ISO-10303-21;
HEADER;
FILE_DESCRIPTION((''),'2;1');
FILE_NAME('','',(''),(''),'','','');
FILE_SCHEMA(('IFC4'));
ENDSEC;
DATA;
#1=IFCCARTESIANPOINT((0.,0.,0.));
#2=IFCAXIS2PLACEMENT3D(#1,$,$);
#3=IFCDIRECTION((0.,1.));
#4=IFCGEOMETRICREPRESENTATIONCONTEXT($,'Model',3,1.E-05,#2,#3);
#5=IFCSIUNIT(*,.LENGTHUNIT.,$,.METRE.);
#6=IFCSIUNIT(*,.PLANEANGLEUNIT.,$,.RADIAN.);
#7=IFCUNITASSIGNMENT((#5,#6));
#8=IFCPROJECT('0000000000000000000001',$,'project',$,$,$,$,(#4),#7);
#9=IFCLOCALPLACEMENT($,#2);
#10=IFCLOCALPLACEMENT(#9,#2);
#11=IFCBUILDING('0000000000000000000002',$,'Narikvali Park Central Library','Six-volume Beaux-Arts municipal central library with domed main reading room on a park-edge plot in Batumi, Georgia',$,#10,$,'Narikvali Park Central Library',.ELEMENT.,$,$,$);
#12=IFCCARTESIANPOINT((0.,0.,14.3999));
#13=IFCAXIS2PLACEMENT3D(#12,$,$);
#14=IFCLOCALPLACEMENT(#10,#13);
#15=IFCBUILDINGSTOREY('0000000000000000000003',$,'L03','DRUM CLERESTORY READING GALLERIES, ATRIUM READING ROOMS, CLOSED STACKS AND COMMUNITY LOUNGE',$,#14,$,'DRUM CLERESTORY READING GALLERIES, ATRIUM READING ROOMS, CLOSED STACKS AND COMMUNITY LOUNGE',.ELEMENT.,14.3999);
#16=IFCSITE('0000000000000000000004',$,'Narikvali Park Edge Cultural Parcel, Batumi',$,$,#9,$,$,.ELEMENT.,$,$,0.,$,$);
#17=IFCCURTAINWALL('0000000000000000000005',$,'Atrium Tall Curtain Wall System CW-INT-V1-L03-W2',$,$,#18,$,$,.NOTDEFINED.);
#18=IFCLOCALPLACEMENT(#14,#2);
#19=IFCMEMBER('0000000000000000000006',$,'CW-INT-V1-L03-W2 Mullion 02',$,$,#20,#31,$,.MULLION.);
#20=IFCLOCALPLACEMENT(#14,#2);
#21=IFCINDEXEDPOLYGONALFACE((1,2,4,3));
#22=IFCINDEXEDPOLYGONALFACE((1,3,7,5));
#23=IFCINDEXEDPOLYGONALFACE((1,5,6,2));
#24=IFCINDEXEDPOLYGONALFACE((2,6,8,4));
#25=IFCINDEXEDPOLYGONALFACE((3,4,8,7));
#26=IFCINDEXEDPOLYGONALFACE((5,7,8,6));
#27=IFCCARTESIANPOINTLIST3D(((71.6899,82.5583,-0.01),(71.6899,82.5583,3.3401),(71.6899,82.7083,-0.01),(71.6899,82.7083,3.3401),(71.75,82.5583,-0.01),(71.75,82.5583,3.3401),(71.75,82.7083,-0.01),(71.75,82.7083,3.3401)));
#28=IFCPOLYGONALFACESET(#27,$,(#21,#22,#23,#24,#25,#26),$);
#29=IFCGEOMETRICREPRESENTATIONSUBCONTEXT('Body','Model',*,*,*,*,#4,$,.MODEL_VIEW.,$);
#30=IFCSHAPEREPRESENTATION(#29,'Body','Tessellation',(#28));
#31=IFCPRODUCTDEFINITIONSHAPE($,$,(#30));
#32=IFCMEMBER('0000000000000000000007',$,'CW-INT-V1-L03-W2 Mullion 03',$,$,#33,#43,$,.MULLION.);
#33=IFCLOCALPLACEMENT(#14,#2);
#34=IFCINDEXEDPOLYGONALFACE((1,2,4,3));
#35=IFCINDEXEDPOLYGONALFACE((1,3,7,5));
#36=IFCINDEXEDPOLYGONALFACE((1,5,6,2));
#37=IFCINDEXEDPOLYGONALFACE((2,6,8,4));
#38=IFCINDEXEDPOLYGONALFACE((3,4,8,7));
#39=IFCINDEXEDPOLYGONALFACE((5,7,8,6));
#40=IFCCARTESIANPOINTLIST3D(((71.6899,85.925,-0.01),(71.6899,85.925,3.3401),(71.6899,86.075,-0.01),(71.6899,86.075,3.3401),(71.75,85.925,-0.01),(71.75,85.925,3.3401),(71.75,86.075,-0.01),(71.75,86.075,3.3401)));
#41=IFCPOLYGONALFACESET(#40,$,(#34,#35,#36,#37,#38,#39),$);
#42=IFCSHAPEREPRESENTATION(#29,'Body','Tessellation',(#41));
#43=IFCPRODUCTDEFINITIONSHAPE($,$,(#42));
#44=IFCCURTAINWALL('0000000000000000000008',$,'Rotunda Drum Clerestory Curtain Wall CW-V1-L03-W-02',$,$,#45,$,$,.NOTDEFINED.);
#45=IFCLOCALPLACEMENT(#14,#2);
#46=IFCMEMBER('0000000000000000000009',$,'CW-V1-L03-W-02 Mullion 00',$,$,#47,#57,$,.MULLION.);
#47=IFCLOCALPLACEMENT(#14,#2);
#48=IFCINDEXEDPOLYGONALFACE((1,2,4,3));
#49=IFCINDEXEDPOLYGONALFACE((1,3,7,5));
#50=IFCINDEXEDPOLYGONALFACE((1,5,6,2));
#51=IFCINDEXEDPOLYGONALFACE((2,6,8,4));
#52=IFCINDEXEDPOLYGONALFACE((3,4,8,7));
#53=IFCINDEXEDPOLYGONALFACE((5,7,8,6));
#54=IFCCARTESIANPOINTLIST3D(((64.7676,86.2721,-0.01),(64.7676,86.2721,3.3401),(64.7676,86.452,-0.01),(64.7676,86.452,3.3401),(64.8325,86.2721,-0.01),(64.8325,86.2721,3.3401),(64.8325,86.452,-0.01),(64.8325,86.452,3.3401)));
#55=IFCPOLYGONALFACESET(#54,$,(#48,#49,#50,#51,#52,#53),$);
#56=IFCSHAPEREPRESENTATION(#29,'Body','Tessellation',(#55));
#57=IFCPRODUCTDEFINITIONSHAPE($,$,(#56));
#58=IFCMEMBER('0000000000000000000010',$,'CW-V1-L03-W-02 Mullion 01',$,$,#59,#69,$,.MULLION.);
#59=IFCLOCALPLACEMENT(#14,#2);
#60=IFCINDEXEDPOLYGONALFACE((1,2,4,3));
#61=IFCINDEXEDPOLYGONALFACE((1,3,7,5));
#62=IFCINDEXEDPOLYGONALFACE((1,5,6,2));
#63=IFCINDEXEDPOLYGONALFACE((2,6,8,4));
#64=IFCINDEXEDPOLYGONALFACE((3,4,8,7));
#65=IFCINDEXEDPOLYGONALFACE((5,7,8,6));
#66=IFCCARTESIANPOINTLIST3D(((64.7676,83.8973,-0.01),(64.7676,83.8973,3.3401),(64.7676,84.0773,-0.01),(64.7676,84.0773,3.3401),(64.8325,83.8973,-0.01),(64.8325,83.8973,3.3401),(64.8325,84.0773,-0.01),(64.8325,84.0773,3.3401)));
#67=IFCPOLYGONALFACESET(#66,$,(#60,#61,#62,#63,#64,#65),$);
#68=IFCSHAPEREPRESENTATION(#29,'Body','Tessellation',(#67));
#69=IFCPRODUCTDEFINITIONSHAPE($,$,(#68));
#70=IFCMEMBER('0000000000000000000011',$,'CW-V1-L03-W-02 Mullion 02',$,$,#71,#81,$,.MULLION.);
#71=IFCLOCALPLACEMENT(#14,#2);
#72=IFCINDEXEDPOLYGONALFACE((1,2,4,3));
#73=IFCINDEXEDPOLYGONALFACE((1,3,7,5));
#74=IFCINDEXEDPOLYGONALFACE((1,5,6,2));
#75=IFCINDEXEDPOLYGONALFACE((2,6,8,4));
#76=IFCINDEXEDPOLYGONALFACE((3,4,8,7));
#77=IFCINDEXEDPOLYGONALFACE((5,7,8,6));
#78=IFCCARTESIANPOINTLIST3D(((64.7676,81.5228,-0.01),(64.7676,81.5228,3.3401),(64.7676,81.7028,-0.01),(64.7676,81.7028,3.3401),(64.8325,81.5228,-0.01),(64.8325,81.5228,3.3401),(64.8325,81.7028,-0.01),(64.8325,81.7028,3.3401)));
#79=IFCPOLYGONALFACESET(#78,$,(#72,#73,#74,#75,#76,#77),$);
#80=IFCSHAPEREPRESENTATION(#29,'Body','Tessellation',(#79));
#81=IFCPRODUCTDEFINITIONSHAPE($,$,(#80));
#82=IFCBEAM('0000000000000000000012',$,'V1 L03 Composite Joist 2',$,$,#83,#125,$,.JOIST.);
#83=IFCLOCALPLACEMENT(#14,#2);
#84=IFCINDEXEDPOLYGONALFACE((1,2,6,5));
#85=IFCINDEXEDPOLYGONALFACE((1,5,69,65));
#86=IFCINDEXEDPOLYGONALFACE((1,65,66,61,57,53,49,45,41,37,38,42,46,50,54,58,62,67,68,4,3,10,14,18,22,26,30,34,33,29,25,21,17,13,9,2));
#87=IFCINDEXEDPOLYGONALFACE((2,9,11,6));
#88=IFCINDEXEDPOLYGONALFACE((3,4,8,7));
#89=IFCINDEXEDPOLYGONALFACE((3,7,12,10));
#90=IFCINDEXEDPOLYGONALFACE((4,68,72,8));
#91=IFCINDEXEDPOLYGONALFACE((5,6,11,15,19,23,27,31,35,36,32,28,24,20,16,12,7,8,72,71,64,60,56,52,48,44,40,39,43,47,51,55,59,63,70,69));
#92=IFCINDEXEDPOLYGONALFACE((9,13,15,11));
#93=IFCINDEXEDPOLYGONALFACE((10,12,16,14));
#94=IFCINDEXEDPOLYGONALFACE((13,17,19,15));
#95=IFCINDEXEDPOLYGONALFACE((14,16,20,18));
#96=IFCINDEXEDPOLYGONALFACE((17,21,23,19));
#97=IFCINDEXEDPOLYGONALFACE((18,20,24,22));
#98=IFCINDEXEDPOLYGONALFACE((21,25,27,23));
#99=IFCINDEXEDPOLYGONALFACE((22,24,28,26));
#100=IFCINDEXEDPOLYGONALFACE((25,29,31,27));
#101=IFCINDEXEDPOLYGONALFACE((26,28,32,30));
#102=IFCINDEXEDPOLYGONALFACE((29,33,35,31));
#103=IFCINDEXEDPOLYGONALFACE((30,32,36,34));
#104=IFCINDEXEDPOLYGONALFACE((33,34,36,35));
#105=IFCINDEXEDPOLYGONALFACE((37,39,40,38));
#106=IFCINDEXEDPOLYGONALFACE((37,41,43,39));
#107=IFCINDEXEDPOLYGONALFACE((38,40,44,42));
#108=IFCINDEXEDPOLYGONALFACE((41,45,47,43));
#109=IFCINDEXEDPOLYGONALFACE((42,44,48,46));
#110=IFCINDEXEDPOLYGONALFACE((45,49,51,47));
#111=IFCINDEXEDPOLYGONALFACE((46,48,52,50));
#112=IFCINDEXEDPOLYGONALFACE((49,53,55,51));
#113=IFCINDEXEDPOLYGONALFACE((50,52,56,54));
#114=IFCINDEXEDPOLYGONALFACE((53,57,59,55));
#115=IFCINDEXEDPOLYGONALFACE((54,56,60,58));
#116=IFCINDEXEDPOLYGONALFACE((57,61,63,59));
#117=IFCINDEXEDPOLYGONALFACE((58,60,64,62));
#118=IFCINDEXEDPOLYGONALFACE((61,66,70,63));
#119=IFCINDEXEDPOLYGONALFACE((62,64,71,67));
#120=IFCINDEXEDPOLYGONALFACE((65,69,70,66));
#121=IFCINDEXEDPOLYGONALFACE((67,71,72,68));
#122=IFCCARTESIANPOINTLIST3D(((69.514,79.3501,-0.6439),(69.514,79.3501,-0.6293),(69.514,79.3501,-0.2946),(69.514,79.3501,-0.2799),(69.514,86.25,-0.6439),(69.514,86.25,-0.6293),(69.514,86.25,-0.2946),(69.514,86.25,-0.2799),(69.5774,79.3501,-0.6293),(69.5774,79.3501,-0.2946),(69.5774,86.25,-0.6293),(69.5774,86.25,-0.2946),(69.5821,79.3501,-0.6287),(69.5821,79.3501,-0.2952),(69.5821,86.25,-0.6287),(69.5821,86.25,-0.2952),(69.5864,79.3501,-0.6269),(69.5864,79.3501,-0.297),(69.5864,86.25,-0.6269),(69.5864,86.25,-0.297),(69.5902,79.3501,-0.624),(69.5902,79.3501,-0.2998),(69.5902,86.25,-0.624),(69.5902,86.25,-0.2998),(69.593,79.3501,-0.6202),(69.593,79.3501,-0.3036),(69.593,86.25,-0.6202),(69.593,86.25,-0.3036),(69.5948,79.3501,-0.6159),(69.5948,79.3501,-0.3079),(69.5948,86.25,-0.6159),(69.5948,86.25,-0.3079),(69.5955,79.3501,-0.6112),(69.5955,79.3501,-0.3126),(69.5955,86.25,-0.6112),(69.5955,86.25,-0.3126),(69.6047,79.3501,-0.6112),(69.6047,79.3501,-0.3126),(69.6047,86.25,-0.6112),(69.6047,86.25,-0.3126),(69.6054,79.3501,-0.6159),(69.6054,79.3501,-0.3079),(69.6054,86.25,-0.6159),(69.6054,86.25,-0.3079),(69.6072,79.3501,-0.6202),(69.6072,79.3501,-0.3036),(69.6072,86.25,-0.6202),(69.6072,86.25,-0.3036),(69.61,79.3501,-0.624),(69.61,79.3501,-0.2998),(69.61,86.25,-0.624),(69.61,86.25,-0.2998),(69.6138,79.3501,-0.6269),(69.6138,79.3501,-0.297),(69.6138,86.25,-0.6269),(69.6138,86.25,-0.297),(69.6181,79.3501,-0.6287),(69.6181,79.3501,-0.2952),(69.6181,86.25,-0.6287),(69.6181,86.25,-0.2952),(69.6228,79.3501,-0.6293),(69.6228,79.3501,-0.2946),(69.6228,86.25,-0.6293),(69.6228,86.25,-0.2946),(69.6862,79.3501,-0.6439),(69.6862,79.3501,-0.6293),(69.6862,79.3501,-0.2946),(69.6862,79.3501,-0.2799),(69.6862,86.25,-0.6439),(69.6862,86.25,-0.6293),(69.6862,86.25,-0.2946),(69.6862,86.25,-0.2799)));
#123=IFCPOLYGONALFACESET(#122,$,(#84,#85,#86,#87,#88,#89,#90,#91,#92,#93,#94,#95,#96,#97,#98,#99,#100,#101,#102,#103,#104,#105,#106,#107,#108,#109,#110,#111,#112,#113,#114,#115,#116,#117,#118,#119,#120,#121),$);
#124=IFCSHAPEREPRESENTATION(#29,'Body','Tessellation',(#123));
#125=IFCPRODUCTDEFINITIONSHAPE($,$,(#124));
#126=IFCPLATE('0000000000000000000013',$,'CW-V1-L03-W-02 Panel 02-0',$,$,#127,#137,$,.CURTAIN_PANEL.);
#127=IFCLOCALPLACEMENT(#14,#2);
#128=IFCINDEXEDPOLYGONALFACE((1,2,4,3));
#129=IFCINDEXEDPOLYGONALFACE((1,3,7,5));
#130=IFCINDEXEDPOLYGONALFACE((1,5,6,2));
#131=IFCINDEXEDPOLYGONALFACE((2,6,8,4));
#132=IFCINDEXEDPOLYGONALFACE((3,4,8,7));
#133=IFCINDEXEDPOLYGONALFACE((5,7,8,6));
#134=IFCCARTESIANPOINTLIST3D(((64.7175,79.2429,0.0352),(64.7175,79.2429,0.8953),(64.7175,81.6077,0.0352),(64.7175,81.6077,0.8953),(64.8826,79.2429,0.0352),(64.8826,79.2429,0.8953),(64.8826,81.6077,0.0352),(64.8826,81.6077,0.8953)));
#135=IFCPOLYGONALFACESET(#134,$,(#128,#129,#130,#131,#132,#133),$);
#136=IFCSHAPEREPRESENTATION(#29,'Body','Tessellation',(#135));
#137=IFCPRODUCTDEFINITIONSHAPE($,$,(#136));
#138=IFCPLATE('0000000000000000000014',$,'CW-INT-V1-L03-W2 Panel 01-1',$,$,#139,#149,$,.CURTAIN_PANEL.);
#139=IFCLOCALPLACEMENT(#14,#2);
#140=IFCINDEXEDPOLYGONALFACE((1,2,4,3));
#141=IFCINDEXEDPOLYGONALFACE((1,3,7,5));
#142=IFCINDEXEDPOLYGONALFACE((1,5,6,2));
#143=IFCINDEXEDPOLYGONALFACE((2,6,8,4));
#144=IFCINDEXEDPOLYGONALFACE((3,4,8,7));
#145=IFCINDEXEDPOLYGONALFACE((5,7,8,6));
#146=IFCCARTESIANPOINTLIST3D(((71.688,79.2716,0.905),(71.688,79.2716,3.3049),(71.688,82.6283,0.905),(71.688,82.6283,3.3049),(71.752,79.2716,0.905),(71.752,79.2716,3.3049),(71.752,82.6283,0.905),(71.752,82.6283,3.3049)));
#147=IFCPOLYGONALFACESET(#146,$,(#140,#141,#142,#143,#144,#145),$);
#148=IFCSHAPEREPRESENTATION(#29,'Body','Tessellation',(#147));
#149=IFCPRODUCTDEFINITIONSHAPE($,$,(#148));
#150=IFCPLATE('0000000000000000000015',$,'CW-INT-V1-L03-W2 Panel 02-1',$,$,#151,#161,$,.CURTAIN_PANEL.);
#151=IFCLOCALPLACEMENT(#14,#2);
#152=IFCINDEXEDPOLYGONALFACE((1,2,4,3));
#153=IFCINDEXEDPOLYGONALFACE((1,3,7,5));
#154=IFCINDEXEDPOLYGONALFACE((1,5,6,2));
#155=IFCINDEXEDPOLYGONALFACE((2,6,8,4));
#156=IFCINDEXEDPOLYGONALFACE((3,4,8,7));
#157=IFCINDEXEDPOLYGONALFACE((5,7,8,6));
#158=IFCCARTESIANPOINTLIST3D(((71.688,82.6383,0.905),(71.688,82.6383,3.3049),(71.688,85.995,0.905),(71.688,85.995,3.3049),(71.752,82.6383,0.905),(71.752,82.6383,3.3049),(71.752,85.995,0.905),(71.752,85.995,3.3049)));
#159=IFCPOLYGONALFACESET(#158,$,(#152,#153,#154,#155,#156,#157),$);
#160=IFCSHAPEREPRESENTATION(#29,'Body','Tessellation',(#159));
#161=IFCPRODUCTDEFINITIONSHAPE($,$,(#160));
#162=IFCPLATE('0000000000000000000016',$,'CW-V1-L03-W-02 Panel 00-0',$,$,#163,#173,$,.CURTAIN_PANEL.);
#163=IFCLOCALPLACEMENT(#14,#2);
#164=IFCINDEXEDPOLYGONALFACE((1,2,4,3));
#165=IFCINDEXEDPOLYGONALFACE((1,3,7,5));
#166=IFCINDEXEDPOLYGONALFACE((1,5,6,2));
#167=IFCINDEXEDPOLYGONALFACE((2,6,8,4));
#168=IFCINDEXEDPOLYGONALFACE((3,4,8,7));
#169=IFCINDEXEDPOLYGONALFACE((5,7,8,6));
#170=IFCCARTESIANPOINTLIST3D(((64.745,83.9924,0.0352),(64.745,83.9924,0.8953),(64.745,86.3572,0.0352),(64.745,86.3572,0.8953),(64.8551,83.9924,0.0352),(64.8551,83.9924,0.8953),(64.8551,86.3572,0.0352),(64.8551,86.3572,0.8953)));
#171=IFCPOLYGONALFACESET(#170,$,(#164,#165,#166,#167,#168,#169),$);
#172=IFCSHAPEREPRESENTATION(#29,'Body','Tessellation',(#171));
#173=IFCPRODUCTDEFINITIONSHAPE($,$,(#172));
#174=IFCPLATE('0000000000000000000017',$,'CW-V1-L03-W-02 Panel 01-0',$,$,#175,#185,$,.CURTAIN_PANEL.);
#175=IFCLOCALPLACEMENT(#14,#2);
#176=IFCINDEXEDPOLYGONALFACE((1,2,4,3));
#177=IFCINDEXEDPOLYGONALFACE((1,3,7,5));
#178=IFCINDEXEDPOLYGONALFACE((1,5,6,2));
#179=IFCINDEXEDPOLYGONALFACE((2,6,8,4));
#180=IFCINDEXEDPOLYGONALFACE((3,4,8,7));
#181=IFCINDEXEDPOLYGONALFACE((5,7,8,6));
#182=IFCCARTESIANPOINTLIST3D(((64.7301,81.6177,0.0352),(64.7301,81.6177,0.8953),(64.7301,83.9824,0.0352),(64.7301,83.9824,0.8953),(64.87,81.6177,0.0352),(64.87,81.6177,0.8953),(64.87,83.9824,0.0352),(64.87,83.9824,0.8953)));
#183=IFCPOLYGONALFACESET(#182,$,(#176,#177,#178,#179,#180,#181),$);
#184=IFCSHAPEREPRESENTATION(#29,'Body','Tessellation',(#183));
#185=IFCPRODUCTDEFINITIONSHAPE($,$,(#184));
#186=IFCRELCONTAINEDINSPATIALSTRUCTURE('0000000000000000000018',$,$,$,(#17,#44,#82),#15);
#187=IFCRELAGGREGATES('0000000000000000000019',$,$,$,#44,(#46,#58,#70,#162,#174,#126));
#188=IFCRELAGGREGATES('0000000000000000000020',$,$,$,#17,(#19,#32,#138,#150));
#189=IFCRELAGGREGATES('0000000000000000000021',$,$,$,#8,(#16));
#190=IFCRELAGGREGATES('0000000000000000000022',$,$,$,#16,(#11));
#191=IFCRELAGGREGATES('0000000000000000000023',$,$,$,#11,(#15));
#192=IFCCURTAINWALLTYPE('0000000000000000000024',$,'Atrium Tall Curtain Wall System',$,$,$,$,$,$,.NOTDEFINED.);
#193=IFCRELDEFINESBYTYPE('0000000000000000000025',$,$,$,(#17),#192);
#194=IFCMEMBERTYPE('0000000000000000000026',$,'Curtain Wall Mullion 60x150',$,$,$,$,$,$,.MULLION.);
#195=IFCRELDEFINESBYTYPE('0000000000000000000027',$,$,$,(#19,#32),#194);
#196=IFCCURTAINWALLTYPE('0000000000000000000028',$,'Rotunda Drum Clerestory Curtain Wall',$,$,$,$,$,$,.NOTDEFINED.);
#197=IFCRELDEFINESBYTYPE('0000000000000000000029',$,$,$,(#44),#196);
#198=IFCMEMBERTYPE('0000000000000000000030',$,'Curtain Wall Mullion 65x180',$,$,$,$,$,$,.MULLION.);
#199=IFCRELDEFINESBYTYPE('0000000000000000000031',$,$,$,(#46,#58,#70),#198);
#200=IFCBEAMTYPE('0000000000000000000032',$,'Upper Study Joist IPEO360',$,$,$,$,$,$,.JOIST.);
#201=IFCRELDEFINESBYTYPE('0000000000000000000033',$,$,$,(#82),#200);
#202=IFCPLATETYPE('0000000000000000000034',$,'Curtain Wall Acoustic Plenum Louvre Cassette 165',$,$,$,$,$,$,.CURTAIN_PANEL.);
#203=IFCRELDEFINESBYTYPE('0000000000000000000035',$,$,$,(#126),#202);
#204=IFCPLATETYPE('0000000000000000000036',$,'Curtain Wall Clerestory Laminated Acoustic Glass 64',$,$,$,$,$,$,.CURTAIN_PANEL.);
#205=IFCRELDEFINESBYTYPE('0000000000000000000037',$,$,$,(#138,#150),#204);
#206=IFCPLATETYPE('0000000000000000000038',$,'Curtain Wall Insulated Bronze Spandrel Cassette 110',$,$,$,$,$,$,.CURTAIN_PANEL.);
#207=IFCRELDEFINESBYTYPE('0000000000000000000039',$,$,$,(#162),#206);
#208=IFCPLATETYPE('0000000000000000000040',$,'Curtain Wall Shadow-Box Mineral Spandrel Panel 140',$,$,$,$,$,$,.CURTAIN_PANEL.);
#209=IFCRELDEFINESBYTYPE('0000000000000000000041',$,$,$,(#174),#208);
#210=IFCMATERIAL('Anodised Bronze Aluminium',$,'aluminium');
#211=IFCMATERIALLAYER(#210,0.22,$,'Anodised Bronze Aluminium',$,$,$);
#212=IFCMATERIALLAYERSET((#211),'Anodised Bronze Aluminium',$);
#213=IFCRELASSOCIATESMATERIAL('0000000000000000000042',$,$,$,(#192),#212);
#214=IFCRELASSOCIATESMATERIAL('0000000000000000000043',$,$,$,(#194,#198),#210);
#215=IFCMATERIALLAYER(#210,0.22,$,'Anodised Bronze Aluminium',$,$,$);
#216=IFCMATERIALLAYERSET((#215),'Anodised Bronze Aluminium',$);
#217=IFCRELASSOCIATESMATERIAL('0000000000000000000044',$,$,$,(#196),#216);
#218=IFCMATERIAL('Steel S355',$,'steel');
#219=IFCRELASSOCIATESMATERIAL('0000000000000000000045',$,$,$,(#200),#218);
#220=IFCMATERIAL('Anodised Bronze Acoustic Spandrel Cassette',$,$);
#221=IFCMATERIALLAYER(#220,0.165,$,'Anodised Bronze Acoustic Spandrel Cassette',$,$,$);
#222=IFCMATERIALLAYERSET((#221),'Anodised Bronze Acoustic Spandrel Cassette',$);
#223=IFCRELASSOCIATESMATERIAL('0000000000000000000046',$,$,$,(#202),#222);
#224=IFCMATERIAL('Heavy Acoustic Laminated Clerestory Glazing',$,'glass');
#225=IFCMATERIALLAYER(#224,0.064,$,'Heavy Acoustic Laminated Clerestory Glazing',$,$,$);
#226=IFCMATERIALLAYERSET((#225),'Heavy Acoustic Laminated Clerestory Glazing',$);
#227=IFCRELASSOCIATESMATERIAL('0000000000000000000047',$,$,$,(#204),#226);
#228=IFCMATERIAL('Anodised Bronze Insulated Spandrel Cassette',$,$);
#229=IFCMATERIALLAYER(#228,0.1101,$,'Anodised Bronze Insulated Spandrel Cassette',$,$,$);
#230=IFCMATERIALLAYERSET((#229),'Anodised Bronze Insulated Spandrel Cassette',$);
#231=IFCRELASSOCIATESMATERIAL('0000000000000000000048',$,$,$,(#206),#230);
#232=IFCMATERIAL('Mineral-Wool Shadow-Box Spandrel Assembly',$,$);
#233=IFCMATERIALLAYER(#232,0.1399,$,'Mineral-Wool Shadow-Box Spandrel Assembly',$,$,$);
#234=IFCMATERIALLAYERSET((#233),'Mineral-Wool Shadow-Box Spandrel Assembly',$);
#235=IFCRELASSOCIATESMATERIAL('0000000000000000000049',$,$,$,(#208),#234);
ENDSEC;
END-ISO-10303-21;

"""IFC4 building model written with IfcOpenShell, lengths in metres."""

from ifc_helpers import new_model, si_unit, direction, frame, origin, origin_2d, place, context, subcontext, project, spatial, rectangle, i_section, extrude, material, layer, layer_set, material_profile, profile_set, type_object, element, aggregate, save


model = new_model("IFC4")

# Units and contexts
model_context = context("Model", 3, precision=1e-05, world=origin(), true_north=direction((0.0, 1.0)))
body_context = subcontext(model_context, "Body", "Model", "MODEL_VIEW")
ifc_project = project(units=[si_unit("LENGTHUNIT", "METRE"), si_unit("PLANEANGLEUNIT", "RADIAN")], contexts=[model_context])

# Site, building, storey
site_placement = place(None, origin())
site = spatial("IfcSite", under=ifc_project, at=site_placement, Name="Narikvali Park Edge Cultural Parcel, Batumi", CompositionType="ELEMENT", RefElevation=0.0)
building_placement = place(site_placement, origin())
building = spatial("IfcBuilding", under=site, at=building_placement, Name="Narikvali Park Central Library", Description="Six-volume Beaux-Arts municipal central library with domed main reading room on a park-edge plot in Batumi, Georgia", LongName="Narikvali Park Central Library", CompositionType="ELEMENT")
storey_placement = place(building_placement, frame((0.0, 0.0, 14.3999)))
storey = spatial("IfcBuildingStorey", under=building, at=storey_placement, Name="L03", Description="DRUM CLERESTORY READING GALLERIES, ATRIUM READING ROOMS, CLOSED STACKS AND COMMUNITY LOUNGE", LongName="DRUM CLERESTORY READING GALLERIES, ATRIUM READING ROOMS, CLOSED STACKS AND COMMUNITY LOUNGE", CompositionType="ELEMENT", Elevation=14.3999)

# Curtain walls, members
ifc_material_1 = material(Name="Anodised Bronze Aluminium", Category="aluminium")
ifc_layer_1 = layer(ifc_material_1, 0.22, Name="Anodised Bronze Aluminium")
ifc_layer_set_1 = layer_set([ifc_layer_1], Name="Anodised Bronze Aluminium")
curtain_wall_type_1 = type_object("IfcCurtainWallType", Name="Atrium Tall Curtain Wall System", PredefinedType="NOTDEFINED", material=ifc_layer_set_1)
curtain_wall_1_placement = place(storey_placement, origin())
curtain_wall_1 = element("IfcCurtainWall", 1, at=curtain_wall_1_placement, inside=storey, type_object=curtain_wall_type_1, Name="Atrium Tall Curtain Wall System CW-INT-V1-L03-W2", PredefinedType="NOTDEFINED")
ifc_material_profile_1 = material_profile(ifc_material_1, rectangle(XDim=0.0601, YDim=0.1499, at=origin_2d()), Name="CW MULLION 60x150")
ifc_profile_set_1 = profile_set([ifc_material_profile_1], Name="Anodised Bronze Aluminium")
member_type_1 = type_object("IfcMemberType", Name="Curtain Wall Mullion 60x150", PredefinedType="MULLION", material=ifc_profile_set_1)
member_1_placement = place(storey_placement, frame((71.72, 82.6333, -0.01), z_axis=(0.0, 0.0, 1.0), x_axis=(1.0, 0.0, 0.0)))
member_1 = element("IfcMember", 2, at=member_1_placement, type_object=member_type_1, Name="CW-INT-V1-L03-W2 Mullion 02", PredefinedType="MULLION", context=body_context, shape_type="SweptSolid", body=[
    extrude(rectangle(XDim=0.0601, YDim=0.1499, at=origin_2d()), origin(), (0.0, 0.0, 1.0), 3.3501),
])
member_2_placement = place(storey_placement, frame((71.72, 86.0, -0.01), z_axis=(0.0, 0.0, 1.0), x_axis=(1.0, 0.0, 0.0)))
member_2 = element("IfcMember", 3, at=member_2_placement, type_object=member_type_1, Name="CW-INT-V1-L03-W2 Mullion 03", PredefinedType="MULLION", context=body_context, shape_type="SweptSolid", body=[
    extrude(rectangle(XDim=0.0601, YDim=0.1499, at=origin_2d()), origin(), (0.0, 0.0, 1.0), 3.3501),
])
ifc_layer_2 = layer(ifc_material_1, 0.22, Name="Anodised Bronze Aluminium")
ifc_layer_set_2 = layer_set([ifc_layer_2], Name="Anodised Bronze Aluminium")
curtain_wall_type_2 = type_object("IfcCurtainWallType", Name="Rotunda Drum Clerestory Curtain Wall", PredefinedType="NOTDEFINED", material=ifc_layer_set_2)
curtain_wall_2_placement = place(storey_placement, origin())
curtain_wall_2 = element("IfcCurtainWall", 4, at=curtain_wall_2_placement, inside=storey, type_object=curtain_wall_type_2, Name="Rotunda Drum Clerestory Curtain Wall CW-V1-L03-W-02", PredefinedType="NOTDEFINED")
ifc_material_profile_2 = material_profile(ifc_material_1, rectangle(XDim=0.0649, YDim=0.1799, at=origin_2d()), Name="CW MULLION 65x180")
ifc_profile_set_2 = profile_set([ifc_material_profile_2], Name="Anodised Bronze Aluminium")
member_type_2 = type_object("IfcMemberType", Name="Curtain Wall Mullion 65x180", PredefinedType="MULLION", material=ifc_profile_set_2)
member_3_placement = place(storey_placement, frame((64.8, 86.3621, -0.01), z_axis=(0.0, 0.0, 1.0), x_axis=(1.0, 0.0, 0.0)))
member_3 = element("IfcMember", 5, at=member_3_placement, type_object=member_type_2, Name="CW-V1-L03-W-02 Mullion 00", PredefinedType="MULLION", context=body_context, shape_type="SweptSolid", body=[
    extrude(rectangle(XDim=0.0649, YDim=0.1799, at=origin_2d()), origin(), (0.0, 0.0, 1.0), 3.3501),
])
member_4_placement = place(storey_placement, frame((64.8, 83.9873, -0.01), z_axis=(0.0, 0.0, 1.0), x_axis=(1.0, 0.0, 0.0)))
member_4 = element("IfcMember", 6, at=member_4_placement, type_object=member_type_2, Name="CW-V1-L03-W-02 Mullion 01", PredefinedType="MULLION", context=body_context, shape_type="SweptSolid", body=[
    extrude(rectangle(XDim=0.0649, YDim=0.1799, at=origin_2d()), origin(), (0.0, 0.0, 1.0), 3.3501),
])
member_5_placement = place(storey_placement, frame((64.8, 81.6128, -0.01), z_axis=(0.0, 0.0, 1.0), x_axis=(1.0, 0.0, 0.0)))
member_5 = element("IfcMember", 7, at=member_5_placement, type_object=member_type_2, Name="CW-V1-L03-W-02 Mullion 02", PredefinedType="MULLION", context=body_context, shape_type="SweptSolid", body=[
    extrude(rectangle(XDim=0.0649, YDim=0.1799, at=origin_2d()), origin(), (0.0, 0.0, 1.0), 3.3501),
])

# Beam
ifc_material_2 = material(Name="Steel S355", Category="steel")
ifc_material_profile_3 = material_profile(ifc_material_2, i_section(OverallWidth=0.1721, OverallDepth=0.364, WebThickness=0.0093, FlangeThickness=0.0146, FilletRadius=0.0181, at=origin_2d()), Name="IPEO 360")
ifc_profile_set_3 = profile_set([ifc_material_profile_3], Name="Steel S355")
beam_type = type_object("IfcBeamType", Name="Upper Study Joist IPEO360", PredefinedType="JOIST", material=ifc_profile_set_3)
beam_placement = place(storey_placement, frame((69.6001, 79.3501, -0.4619), z_axis=(0.0, 1.0, 0.0), x_axis=(-1.0, 0.0, 0.0)))
element("IfcBeam", 8, at=beam_placement, inside=storey, type_object=beam_type, Name="V1 L03 Composite Joist 2", PredefinedType="JOIST", context=body_context, shape_type="SweptSolid", body=[
    extrude(i_section(OverallWidth=0.1721, OverallDepth=0.364, WebThickness=0.0093, FlangeThickness=0.0146, FilletRadius=0.0181, at=origin_2d()), origin(), (0.0, 0.0, 1.0), 6.8999),
])

# Plates
ifc_material_3 = material(Name="Anodised Bronze Acoustic Spandrel Cassette")
ifc_layer_3 = layer(ifc_material_3, 0.165, Name="Anodised Bronze Acoustic Spandrel Cassette")
ifc_layer_set_3 = layer_set([ifc_layer_3], Name="Anodised Bronze Acoustic Spandrel Cassette")
plate_type_1 = type_object("IfcPlateType", Name="Curtain Wall Acoustic Plenum Louvre Cassette 165", PredefinedType="CURTAIN_PANEL", material=ifc_layer_set_3)
plate_1_placement = place(storey_placement, frame((64.8, 80.4253, 0.0352), z_axis=(0.0, 0.0, 1.0), x_axis=(0.0, -1.0, 0.0)))
plate_1 = element("IfcPlate", 9, at=plate_1_placement, type_object=plate_type_1, Name="CW-V1-L03-W-02 Panel 02-0", PredefinedType="CURTAIN_PANEL", context=body_context, shape_type="SweptSolid", body=[
    extrude(rectangle(XDim=2.3647, YDim=0.165, at=origin_2d()), origin(), (0.0, 0.0, 1.0), 0.8601),
])
ifc_material_4 = material(Name="Heavy Acoustic Laminated Clerestory Glazing", Category="glass")
ifc_layer_4 = layer(ifc_material_4, 0.064, Name="Heavy Acoustic Laminated Clerestory Glazing")
ifc_layer_set_4 = layer_set([ifc_layer_4], Name="Heavy Acoustic Laminated Clerestory Glazing")
plate_type_2 = type_object("IfcPlateType", Name="Curtain Wall Clerestory Laminated Acoustic Glass 64", PredefinedType="CURTAIN_PANEL", material=ifc_layer_set_4)
plate_2_placement = place(storey_placement, frame((71.72, 80.95, 0.905), z_axis=(0.0, 0.0, 1.0), x_axis=(0.0, 1.0, 0.0)))
plate_2 = element("IfcPlate", 10, at=plate_2_placement, type_object=plate_type_2, Name="CW-INT-V1-L03-W2 Panel 01-1", PredefinedType="CURTAIN_PANEL", context=body_context, shape_type="SweptSolid", body=[
    extrude(rectangle(XDim=3.3567, YDim=0.064, at=origin_2d()), origin(), (0.0, 0.0, 1.0), 2.3999),
])
plate_3_placement = place(storey_placement, frame((71.72, 84.3167, 0.905), z_axis=(0.0, 0.0, 1.0), x_axis=(0.0, 1.0, 0.0)))
plate_3 = element("IfcPlate", 11, at=plate_3_placement, type_object=plate_type_2, Name="CW-INT-V1-L03-W2 Panel 02-1", PredefinedType="CURTAIN_PANEL", context=body_context, shape_type="SweptSolid", body=[
    extrude(rectangle(XDim=3.3567, YDim=0.064, at=origin_2d()), origin(), (0.0, 0.0, 1.0), 2.3999),
])
ifc_material_5 = material(Name="Anodised Bronze Insulated Spandrel Cassette")
ifc_layer_5 = layer(ifc_material_5, 0.1101, Name="Anodised Bronze Insulated Spandrel Cassette")
ifc_layer_set_5 = layer_set([ifc_layer_5], Name="Anodised Bronze Insulated Spandrel Cassette")
plate_type_3 = type_object("IfcPlateType", Name="Curtain Wall Insulated Bronze Spandrel Cassette 110", PredefinedType="CURTAIN_PANEL", material=ifc_layer_set_5)
plate_4_placement = place(storey_placement, frame((64.8, 85.1748, 0.0352), z_axis=(0.0, 0.0, 1.0), x_axis=(0.0, -1.0, 0.0)))
plate_4 = element("IfcPlate", 12, at=plate_4_placement, type_object=plate_type_3, Name="CW-V1-L03-W-02 Panel 00-0", PredefinedType="CURTAIN_PANEL", context=body_context, shape_type="SweptSolid", body=[
    extrude(rectangle(XDim=2.3647, YDim=0.1101, at=origin_2d()), origin(), (0.0, 0.0, 1.0), 0.8601),
])
ifc_material_6 = material(Name="Mineral-Wool Shadow-Box Spandrel Assembly")
ifc_layer_6 = layer(ifc_material_6, 0.1399, Name="Mineral-Wool Shadow-Box Spandrel Assembly")
ifc_layer_set_6 = layer_set([ifc_layer_6], Name="Mineral-Wool Shadow-Box Spandrel Assembly")
plate_type_4 = type_object("IfcPlateType", Name="Curtain Wall Shadow-Box Mineral Spandrel Panel 140", PredefinedType="CURTAIN_PANEL", material=ifc_layer_set_6)
plate_5_placement = place(storey_placement, frame((64.8, 82.8, 0.0352), z_axis=(0.0, 0.0, 1.0), x_axis=(0.0, -1.0, 0.0)))
plate_5 = element("IfcPlate", 13, at=plate_5_placement, type_object=plate_type_4, Name="CW-V1-L03-W-02 Panel 01-0", PredefinedType="CURTAIN_PANEL", context=body_context, shape_type="SweptSolid", body=[
    extrude(rectangle(XDim=2.3647, YDim=0.1399, at=origin_2d()), origin(), (0.0, 0.0, 1.0), 0.8601),
])
aggregate(curtain_wall_2, [member_3, member_4, member_5, plate_4, plate_5, plate_1])
aggregate(curtain_wall_1, [member_1, member_2, plate_2, plate_3])

save(model, "model.ifc")
